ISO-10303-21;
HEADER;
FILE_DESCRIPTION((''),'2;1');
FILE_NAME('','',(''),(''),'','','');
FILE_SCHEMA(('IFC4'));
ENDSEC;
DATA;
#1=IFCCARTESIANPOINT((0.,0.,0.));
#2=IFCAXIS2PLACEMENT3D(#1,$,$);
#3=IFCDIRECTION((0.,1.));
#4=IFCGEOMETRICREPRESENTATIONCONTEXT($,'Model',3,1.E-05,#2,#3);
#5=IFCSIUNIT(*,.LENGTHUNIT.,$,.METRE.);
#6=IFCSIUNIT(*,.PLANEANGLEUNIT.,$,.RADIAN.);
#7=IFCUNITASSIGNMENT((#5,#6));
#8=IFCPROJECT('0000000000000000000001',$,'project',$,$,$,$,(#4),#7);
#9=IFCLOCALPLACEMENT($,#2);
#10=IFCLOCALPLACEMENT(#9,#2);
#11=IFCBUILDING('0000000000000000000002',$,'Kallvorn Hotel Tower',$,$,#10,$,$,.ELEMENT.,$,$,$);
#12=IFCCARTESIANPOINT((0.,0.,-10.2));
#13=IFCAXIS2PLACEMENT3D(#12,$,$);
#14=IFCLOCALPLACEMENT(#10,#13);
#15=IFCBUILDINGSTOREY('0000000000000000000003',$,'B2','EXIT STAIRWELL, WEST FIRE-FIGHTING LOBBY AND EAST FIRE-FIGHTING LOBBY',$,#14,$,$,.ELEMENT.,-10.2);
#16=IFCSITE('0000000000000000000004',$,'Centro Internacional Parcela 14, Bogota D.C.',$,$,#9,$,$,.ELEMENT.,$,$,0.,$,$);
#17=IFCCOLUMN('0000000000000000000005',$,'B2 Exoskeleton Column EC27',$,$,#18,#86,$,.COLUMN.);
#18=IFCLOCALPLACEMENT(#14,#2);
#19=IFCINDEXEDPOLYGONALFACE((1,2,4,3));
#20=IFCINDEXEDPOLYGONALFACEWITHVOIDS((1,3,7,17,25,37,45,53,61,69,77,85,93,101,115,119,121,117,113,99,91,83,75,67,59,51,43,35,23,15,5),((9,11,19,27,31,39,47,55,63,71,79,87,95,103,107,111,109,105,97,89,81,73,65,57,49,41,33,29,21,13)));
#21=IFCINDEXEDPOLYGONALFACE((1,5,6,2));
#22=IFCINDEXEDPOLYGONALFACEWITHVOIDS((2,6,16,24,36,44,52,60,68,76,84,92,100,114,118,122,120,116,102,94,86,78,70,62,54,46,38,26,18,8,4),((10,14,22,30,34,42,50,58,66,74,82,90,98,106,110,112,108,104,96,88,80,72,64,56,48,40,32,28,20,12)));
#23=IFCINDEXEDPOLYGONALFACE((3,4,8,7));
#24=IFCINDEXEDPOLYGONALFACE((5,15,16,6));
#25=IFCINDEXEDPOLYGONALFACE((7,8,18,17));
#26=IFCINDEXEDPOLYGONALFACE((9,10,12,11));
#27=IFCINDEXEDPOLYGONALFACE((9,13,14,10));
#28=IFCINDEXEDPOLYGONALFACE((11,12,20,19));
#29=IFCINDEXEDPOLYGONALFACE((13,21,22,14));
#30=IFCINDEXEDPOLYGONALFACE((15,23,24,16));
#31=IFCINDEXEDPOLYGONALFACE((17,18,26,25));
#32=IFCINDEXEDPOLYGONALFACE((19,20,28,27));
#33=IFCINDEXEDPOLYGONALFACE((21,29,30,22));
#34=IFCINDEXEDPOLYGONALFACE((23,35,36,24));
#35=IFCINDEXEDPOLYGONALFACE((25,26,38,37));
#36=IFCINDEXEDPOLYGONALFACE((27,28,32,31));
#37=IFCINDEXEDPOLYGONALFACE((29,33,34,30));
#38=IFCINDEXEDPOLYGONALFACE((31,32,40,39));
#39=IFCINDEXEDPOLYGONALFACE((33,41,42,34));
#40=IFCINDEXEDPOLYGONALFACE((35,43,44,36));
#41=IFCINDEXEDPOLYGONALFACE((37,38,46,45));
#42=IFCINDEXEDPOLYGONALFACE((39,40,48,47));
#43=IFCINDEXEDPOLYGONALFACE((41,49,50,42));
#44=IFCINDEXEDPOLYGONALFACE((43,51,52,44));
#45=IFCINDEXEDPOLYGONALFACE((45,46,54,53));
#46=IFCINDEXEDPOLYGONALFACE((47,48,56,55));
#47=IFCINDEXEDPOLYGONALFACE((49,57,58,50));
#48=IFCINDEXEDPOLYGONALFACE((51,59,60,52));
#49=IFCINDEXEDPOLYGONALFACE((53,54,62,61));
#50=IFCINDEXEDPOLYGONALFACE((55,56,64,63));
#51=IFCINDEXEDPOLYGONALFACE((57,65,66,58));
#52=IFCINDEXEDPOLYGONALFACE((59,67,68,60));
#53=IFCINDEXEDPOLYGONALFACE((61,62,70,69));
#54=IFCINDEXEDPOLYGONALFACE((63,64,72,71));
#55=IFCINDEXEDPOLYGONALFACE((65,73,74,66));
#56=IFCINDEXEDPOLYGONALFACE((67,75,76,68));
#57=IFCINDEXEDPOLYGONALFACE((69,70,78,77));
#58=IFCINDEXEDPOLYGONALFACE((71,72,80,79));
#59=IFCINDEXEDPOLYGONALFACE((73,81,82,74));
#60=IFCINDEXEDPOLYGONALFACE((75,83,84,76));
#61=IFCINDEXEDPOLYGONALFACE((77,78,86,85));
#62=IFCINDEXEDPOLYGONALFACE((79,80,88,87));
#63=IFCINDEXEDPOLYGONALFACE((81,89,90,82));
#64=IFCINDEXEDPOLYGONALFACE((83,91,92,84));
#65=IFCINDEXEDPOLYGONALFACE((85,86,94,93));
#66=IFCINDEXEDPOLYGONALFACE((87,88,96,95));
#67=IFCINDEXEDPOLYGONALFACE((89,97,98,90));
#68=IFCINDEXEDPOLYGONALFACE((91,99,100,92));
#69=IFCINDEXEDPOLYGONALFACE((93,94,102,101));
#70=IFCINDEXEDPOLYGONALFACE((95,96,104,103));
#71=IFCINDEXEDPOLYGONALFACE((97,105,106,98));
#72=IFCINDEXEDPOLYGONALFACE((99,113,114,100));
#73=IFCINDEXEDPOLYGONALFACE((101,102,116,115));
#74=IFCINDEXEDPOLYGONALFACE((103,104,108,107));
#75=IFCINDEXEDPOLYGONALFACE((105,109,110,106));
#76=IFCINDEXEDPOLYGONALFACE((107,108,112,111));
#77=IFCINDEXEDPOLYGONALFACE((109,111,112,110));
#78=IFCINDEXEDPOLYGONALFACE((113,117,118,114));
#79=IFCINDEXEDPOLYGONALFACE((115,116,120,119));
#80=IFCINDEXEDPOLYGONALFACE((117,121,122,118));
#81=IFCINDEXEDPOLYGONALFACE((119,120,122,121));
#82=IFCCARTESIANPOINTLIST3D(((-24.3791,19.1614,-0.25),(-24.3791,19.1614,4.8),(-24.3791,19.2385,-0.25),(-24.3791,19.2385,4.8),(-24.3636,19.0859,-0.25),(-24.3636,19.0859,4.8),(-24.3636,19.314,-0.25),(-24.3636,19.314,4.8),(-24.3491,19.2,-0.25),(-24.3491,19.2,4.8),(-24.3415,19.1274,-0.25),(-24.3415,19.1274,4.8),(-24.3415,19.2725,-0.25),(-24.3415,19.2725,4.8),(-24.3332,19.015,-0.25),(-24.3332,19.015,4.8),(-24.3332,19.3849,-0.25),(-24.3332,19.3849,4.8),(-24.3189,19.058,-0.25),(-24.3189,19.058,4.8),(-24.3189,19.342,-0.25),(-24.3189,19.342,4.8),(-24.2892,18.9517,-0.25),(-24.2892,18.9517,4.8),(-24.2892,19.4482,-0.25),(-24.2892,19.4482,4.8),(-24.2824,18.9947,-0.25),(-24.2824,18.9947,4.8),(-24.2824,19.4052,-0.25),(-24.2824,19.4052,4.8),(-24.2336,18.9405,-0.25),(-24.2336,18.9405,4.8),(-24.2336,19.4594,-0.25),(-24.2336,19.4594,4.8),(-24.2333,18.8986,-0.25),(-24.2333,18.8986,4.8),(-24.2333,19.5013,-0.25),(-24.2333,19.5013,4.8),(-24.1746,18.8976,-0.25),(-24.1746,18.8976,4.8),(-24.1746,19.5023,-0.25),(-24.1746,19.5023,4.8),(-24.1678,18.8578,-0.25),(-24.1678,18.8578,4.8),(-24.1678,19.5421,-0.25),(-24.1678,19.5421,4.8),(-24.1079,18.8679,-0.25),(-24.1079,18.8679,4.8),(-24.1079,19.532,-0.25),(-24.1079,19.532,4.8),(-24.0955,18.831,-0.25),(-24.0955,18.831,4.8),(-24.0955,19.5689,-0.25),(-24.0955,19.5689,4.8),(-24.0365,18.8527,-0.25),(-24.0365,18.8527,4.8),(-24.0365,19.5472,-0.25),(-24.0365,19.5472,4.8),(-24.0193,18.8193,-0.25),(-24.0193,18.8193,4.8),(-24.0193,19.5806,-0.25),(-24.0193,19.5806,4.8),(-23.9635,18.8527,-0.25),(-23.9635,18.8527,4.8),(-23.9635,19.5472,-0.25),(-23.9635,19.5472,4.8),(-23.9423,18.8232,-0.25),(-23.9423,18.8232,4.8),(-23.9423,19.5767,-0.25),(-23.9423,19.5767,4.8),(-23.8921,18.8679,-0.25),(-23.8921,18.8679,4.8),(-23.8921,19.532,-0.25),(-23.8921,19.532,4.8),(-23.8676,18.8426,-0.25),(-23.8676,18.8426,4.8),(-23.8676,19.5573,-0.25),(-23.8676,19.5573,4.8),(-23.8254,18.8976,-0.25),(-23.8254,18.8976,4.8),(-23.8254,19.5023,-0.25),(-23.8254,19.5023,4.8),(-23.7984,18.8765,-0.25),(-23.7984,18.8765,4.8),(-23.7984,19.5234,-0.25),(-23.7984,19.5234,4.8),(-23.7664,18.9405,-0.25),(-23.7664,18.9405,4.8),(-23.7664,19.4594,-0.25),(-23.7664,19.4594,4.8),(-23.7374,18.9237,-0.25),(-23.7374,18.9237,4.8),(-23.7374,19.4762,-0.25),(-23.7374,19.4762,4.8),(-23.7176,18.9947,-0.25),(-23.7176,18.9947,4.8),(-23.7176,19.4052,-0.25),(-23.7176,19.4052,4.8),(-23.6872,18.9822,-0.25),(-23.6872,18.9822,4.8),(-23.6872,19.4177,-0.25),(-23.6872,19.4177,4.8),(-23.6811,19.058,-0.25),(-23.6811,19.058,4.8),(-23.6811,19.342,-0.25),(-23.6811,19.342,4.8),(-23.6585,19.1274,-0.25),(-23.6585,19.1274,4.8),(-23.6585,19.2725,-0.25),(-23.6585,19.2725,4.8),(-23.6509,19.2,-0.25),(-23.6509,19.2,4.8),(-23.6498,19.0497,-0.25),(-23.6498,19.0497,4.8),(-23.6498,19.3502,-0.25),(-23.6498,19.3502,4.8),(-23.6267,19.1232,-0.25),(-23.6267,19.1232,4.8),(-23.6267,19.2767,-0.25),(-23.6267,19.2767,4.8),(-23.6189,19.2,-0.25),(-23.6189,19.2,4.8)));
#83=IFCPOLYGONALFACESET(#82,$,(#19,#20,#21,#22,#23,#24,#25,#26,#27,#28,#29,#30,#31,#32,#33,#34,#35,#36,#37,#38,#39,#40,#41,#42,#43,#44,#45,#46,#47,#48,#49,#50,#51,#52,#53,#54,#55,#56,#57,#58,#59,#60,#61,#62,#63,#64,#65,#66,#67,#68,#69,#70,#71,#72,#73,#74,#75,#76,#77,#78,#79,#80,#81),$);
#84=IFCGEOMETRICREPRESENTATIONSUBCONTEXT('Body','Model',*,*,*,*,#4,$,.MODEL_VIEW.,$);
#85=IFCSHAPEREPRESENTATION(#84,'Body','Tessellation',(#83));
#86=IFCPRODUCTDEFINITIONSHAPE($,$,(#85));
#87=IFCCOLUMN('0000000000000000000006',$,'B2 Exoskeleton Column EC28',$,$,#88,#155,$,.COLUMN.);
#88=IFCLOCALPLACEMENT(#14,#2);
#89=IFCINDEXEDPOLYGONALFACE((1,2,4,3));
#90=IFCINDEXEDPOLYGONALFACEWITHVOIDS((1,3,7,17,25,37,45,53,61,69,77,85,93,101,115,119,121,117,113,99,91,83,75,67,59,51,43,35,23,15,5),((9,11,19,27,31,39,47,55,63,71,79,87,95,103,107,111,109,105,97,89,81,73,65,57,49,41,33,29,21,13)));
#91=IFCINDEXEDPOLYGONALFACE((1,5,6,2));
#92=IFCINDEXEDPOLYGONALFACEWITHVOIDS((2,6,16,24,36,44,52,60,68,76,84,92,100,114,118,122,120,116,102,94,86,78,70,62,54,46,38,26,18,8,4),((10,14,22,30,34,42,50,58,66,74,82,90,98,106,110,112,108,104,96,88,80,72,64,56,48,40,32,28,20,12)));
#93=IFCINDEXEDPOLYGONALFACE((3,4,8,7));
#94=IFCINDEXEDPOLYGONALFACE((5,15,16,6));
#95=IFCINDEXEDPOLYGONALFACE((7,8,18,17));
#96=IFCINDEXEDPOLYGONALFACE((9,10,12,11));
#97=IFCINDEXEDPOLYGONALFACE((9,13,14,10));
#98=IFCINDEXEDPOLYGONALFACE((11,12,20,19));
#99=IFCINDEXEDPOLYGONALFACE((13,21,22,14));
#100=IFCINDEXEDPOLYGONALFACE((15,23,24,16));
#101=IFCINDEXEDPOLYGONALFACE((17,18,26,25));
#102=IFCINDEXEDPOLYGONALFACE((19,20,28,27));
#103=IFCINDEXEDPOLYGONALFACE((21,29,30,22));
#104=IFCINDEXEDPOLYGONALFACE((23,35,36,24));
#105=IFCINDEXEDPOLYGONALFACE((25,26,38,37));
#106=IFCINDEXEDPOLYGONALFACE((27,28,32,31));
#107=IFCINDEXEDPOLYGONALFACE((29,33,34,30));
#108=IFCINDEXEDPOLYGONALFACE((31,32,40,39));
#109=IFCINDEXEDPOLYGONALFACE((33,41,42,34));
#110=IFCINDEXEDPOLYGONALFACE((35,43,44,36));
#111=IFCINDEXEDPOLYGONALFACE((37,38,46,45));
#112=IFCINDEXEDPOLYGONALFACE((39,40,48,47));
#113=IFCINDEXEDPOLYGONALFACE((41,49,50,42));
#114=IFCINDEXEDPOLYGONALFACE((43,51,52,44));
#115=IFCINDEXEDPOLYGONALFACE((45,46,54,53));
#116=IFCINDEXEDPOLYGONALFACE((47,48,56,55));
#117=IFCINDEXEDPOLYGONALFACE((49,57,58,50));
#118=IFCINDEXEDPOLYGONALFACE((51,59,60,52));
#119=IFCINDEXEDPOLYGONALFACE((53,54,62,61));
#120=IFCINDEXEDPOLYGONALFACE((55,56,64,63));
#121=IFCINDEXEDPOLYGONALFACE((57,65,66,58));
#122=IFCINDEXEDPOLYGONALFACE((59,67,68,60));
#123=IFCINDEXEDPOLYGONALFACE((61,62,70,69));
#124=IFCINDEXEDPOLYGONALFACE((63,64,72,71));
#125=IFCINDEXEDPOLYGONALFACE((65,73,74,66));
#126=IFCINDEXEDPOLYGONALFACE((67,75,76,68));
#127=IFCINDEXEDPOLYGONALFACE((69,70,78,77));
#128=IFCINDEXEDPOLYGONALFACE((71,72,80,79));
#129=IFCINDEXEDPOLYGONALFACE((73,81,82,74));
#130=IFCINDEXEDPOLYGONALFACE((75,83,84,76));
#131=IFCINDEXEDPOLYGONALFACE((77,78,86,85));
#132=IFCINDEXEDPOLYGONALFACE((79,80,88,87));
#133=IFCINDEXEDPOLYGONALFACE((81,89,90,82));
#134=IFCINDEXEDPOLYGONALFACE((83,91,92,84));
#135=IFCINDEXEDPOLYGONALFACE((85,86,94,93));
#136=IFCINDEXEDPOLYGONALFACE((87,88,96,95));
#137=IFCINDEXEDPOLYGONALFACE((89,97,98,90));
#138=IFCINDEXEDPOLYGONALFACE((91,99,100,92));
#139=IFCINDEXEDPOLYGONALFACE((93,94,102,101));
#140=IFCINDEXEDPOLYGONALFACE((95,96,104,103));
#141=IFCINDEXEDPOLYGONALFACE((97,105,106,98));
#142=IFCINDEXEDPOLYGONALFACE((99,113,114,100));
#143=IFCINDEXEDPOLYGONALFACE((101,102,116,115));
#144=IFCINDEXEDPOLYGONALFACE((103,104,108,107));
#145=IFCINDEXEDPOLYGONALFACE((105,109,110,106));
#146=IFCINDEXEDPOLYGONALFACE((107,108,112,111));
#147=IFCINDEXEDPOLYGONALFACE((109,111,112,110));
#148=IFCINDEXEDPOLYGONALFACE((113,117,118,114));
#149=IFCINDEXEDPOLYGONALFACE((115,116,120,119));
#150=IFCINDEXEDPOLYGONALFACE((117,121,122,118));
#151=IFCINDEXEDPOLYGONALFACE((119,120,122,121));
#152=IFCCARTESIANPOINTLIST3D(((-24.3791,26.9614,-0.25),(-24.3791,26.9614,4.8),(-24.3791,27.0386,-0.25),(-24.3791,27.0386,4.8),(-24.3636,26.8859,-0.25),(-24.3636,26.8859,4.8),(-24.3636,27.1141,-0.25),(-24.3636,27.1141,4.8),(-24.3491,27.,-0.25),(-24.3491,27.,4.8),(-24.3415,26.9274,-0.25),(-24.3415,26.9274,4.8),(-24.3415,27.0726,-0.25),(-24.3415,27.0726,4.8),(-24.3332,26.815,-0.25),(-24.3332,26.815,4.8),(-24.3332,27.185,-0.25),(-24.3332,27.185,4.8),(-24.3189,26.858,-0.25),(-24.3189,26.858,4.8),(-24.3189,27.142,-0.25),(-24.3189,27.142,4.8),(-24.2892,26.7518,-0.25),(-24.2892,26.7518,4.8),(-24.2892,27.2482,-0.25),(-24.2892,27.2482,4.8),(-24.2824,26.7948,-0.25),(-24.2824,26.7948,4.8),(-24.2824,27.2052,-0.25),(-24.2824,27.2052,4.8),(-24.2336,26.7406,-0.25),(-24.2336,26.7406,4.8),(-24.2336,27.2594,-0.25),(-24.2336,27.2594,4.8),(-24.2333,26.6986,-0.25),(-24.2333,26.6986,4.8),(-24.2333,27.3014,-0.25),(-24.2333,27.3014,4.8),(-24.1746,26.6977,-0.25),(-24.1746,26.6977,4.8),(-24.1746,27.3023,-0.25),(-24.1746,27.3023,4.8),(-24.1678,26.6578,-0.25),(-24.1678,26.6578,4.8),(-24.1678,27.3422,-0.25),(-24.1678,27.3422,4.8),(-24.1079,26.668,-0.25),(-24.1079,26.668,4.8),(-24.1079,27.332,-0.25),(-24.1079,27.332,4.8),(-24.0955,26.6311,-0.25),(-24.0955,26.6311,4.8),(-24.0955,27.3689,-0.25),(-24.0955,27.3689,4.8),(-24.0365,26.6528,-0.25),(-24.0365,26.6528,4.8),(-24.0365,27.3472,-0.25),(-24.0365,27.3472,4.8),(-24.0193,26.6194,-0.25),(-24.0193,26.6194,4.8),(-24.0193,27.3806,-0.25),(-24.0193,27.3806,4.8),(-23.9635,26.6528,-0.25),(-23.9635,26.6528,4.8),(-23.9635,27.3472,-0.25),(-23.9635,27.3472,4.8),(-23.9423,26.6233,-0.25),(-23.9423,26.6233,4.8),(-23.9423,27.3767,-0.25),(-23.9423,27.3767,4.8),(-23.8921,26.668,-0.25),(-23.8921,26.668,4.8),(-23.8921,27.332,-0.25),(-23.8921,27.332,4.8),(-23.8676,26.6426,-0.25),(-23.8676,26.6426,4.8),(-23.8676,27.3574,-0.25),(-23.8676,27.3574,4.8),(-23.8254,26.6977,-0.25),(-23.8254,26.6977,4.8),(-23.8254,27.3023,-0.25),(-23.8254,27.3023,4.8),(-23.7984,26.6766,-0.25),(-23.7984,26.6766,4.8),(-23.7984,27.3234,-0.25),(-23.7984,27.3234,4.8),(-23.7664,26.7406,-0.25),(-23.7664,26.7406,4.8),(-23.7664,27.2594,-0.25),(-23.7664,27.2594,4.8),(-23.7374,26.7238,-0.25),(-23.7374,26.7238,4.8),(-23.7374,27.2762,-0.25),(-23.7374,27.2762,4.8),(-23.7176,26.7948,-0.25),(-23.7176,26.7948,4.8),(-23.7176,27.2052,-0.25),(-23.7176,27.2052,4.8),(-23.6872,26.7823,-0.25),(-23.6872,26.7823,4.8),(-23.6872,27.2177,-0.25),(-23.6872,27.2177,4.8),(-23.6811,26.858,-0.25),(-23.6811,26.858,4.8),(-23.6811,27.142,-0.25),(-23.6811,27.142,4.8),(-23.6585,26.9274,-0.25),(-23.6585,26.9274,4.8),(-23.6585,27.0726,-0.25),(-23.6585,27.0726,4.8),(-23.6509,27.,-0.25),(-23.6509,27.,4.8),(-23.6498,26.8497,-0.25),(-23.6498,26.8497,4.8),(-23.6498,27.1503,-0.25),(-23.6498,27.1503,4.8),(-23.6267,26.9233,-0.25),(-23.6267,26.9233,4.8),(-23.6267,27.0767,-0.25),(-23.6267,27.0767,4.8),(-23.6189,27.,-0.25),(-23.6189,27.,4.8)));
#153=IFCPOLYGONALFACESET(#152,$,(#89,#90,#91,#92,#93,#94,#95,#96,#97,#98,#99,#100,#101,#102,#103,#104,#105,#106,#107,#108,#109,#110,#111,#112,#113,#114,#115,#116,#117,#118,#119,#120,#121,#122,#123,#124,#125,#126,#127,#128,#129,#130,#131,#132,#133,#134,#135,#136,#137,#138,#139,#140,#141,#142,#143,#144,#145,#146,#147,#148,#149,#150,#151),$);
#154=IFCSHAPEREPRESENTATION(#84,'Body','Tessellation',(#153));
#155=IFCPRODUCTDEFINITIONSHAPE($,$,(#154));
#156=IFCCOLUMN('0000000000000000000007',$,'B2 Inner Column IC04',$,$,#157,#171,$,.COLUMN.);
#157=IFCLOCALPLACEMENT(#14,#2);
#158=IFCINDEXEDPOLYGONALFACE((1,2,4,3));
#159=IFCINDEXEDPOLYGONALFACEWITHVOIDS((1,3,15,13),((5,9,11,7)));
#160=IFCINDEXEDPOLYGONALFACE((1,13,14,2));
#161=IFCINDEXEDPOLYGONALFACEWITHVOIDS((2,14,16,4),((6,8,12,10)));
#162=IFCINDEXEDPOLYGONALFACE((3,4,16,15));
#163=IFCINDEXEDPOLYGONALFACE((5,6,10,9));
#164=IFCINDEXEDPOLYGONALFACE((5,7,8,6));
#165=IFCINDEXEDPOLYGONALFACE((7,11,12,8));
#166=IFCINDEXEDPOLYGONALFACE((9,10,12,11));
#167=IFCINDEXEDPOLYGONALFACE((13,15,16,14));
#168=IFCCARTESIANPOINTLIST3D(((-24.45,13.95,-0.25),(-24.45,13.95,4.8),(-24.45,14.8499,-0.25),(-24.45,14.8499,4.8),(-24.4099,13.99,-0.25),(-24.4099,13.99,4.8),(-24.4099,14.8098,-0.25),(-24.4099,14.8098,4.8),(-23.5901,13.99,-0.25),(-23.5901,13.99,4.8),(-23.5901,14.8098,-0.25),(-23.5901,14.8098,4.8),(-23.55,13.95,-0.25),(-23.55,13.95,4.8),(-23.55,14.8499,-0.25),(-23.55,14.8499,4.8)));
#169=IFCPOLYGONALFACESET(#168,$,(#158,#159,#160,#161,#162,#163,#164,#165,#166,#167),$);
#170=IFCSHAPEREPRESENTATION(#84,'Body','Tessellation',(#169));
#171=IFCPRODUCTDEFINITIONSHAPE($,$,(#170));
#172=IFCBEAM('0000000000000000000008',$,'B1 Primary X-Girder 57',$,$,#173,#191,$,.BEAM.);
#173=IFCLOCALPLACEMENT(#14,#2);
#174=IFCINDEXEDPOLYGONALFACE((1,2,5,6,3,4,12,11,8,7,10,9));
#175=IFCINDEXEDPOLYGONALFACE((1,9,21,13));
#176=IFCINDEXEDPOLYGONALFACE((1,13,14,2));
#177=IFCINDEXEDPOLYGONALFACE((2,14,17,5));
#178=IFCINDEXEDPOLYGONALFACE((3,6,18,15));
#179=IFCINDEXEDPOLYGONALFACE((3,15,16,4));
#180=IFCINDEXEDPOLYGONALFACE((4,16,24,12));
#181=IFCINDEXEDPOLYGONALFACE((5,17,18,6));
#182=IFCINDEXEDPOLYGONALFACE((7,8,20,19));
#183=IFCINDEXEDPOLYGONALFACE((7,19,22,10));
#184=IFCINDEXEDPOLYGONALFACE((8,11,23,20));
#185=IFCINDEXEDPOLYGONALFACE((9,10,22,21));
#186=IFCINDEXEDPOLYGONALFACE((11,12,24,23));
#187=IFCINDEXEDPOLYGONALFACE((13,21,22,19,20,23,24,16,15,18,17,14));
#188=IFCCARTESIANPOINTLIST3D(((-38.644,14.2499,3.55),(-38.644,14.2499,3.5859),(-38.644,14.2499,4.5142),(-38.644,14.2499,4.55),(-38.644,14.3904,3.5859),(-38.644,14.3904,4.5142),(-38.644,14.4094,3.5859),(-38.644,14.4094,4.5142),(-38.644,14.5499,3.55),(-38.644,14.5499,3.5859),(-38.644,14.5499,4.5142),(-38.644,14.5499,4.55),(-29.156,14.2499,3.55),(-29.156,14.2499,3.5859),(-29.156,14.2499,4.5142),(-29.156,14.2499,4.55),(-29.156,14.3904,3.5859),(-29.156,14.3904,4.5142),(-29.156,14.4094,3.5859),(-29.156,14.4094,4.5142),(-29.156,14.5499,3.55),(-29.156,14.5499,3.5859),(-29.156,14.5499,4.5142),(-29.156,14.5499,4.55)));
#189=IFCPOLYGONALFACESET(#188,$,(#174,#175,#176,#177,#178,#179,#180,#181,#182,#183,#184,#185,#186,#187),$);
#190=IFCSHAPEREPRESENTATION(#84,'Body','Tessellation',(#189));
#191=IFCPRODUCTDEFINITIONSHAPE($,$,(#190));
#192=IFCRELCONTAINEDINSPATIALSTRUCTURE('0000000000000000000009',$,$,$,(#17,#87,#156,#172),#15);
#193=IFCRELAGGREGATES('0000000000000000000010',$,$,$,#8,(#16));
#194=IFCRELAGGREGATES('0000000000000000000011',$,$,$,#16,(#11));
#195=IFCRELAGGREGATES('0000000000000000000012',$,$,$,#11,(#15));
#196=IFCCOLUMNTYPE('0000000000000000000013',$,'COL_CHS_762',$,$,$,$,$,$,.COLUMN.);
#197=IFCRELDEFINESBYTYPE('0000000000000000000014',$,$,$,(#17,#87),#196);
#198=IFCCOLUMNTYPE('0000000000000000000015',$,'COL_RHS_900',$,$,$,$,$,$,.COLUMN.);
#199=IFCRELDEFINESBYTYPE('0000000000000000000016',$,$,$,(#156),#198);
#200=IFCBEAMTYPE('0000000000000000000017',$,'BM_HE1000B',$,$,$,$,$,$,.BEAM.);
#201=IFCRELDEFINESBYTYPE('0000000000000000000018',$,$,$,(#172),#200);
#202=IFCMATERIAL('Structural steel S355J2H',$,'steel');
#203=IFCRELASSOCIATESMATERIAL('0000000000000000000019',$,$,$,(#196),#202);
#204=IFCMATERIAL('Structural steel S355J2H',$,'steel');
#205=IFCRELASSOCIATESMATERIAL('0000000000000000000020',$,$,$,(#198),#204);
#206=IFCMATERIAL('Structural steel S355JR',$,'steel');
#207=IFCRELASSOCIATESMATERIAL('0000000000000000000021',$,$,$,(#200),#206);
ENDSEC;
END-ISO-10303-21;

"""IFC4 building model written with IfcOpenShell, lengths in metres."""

from ifc_helpers import new_model, si_unit, direction, frame, origin, origin_2d, place, context, subcontext, project, spatial, hollow_rectangle, hollow_circle, i_section, extrude, material, material_profile, profile_set, type_object, element, save


model = new_model("IFC4")

# Units and contexts
model_context = context("Model", 3, precision=1e-05, world=origin(), true_north=direction((0.0, 1.0)))
body_context = subcontext(model_context, "Body", "Model", "MODEL_VIEW")
ifc_project = project(units=[si_unit("LENGTHUNIT", "METRE"), si_unit("PLANEANGLEUNIT", "RADIAN")], contexts=[model_context])

# Site, building, storey
site_placement = place(None, origin())
site = spatial("IfcSite", under=ifc_project, at=site_placement, Name="Centro Internacional Parcela 14, Bogota D.C.", CompositionType="ELEMENT", RefElevation=0.0)
building_placement = place(site_placement, origin())
building = spatial("IfcBuilding", under=site, at=building_placement, Name="Kallvorn Hotel Tower", CompositionType="ELEMENT")
storey_placement = place(building_placement, frame((0.0, 0.0, -10.2)))
storey = spatial("IfcBuildingStorey", under=building, at=storey_placement, Name="B2", Description="EXIT STAIRWELL, WEST FIRE-FIGHTING LOBBY AND EAST FIRE-FIGHTING LOBBY", CompositionType="ELEMENT", Elevation=-10.2)

# Columns
ifc_material_1 = material(Name="Structural steel S355J2H", Category="steel")
ifc_material_profile_1 = material_profile(ifc_material_1, hollow_circle(Radius=0.3811, WallThickness=0.032, at=origin_2d()), Name="CHS 762x32")
ifc_profile_set_1 = profile_set([ifc_material_profile_1], Name="Structural steel S355J2H")
column_type_1 = type_object("IfcColumnType", Name="COL_CHS_762", PredefinedType="COLUMN", material=ifc_profile_set_1)
for number, where, z_axis, x_axis, name in (
    (1, (-24.0, 19.2, -0.25), (0.0, 0.0, 1.0), (1.0, 0.0, 0.0), "B2 Exoskeleton Column EC27"),
    (2, (-24.0, 27.0, -0.25), (0.0, 0.0, 1.0), (1.0, 0.0, 0.0), "B2 Exoskeleton Column EC28"),
):
    element("IfcColumn", number, at=place(storey_placement, frame(where, z_axis=z_axis, x_axis=x_axis)), inside=storey, type_object=column_type_1, Name=name, PredefinedType="COLUMN", context=body_context, shape_type="SweptSolid", body=[
        extrude(hollow_circle(Radius=0.3811, WallThickness=0.032, at=origin_2d()), origin(), (0.0, 0.0, 1.0), 5.05),
    ])
ifc_material_2 = material(Name="Structural steel S355J2H", Category="steel")
ifc_material_profile_2 = material_profile(ifc_material_2, hollow_rectangle(XDim=0.8999, YDim=0.8999, WallThickness=0.04, at=origin_2d()), Name="RHS 900x900x40")
ifc_profile_set_2 = profile_set([ifc_material_profile_2], Name="Structural steel S355J2H")
column_type_2 = type_object("IfcColumnType", Name="COL_RHS_900", PredefinedType="COLUMN", material=ifc_profile_set_2)
column_placement = place(storey_placement, frame((-24.0, 14.3999, -0.25), z_axis=(0.0, 0.0, 1.0), x_axis=(1.0, 0.0, 0.0)))
element("IfcColumn", 3, at=column_placement, inside=storey, type_object=column_type_2, Name="B2 Inner Column IC04", PredefinedType="COLUMN", context=body_context, shape_type="SweptSolid", body=[
    extrude(hollow_rectangle(XDim=0.8999, YDim=0.8999, WallThickness=0.04, at=origin_2d()), origin(), (0.0, 0.0, 1.0), 5.05),
])

# Beam
ifc_material_3 = material(Name="Structural steel S355JR", Category="steel")
ifc_material_profile_3 = material_profile(ifc_material_3, i_section(OverallWidth=0.3, OverallDepth=1.0, WebThickness=0.019, FlangeThickness=0.0359, at=origin_2d()), Name="HE 1000 B")
ifc_profile_set_3 = profile_set([ifc_material_profile_3], Name="Structural steel S355JR")
beam_type_1 = type_object("IfcBeamType", Name="BM_HE1000B", PredefinedType="BEAM", material=ifc_profile_set_3)
beam_1_placement = place(storey_placement, frame((-38.644, 14.3999, 4.05), z_axis=(1.0, 0.0, 0.0), x_axis=(0.0, 1.0, 0.0)))
element("IfcBeam", 4, at=beam_1_placement, inside=storey, type_object=beam_type_1, Name="B1 Primary X-Girder 57", PredefinedType="BEAM", context=body_context, shape_type="SweptSolid", body=[
    extrude(i_section(OverallWidth=0.3, OverallDepth=1.0, WebThickness=0.019, FlangeThickness=0.0359, at=origin_2d()), origin(), (0.0, 0.0, 1.0), 9.488),
])

save(model, "model.ifc")
